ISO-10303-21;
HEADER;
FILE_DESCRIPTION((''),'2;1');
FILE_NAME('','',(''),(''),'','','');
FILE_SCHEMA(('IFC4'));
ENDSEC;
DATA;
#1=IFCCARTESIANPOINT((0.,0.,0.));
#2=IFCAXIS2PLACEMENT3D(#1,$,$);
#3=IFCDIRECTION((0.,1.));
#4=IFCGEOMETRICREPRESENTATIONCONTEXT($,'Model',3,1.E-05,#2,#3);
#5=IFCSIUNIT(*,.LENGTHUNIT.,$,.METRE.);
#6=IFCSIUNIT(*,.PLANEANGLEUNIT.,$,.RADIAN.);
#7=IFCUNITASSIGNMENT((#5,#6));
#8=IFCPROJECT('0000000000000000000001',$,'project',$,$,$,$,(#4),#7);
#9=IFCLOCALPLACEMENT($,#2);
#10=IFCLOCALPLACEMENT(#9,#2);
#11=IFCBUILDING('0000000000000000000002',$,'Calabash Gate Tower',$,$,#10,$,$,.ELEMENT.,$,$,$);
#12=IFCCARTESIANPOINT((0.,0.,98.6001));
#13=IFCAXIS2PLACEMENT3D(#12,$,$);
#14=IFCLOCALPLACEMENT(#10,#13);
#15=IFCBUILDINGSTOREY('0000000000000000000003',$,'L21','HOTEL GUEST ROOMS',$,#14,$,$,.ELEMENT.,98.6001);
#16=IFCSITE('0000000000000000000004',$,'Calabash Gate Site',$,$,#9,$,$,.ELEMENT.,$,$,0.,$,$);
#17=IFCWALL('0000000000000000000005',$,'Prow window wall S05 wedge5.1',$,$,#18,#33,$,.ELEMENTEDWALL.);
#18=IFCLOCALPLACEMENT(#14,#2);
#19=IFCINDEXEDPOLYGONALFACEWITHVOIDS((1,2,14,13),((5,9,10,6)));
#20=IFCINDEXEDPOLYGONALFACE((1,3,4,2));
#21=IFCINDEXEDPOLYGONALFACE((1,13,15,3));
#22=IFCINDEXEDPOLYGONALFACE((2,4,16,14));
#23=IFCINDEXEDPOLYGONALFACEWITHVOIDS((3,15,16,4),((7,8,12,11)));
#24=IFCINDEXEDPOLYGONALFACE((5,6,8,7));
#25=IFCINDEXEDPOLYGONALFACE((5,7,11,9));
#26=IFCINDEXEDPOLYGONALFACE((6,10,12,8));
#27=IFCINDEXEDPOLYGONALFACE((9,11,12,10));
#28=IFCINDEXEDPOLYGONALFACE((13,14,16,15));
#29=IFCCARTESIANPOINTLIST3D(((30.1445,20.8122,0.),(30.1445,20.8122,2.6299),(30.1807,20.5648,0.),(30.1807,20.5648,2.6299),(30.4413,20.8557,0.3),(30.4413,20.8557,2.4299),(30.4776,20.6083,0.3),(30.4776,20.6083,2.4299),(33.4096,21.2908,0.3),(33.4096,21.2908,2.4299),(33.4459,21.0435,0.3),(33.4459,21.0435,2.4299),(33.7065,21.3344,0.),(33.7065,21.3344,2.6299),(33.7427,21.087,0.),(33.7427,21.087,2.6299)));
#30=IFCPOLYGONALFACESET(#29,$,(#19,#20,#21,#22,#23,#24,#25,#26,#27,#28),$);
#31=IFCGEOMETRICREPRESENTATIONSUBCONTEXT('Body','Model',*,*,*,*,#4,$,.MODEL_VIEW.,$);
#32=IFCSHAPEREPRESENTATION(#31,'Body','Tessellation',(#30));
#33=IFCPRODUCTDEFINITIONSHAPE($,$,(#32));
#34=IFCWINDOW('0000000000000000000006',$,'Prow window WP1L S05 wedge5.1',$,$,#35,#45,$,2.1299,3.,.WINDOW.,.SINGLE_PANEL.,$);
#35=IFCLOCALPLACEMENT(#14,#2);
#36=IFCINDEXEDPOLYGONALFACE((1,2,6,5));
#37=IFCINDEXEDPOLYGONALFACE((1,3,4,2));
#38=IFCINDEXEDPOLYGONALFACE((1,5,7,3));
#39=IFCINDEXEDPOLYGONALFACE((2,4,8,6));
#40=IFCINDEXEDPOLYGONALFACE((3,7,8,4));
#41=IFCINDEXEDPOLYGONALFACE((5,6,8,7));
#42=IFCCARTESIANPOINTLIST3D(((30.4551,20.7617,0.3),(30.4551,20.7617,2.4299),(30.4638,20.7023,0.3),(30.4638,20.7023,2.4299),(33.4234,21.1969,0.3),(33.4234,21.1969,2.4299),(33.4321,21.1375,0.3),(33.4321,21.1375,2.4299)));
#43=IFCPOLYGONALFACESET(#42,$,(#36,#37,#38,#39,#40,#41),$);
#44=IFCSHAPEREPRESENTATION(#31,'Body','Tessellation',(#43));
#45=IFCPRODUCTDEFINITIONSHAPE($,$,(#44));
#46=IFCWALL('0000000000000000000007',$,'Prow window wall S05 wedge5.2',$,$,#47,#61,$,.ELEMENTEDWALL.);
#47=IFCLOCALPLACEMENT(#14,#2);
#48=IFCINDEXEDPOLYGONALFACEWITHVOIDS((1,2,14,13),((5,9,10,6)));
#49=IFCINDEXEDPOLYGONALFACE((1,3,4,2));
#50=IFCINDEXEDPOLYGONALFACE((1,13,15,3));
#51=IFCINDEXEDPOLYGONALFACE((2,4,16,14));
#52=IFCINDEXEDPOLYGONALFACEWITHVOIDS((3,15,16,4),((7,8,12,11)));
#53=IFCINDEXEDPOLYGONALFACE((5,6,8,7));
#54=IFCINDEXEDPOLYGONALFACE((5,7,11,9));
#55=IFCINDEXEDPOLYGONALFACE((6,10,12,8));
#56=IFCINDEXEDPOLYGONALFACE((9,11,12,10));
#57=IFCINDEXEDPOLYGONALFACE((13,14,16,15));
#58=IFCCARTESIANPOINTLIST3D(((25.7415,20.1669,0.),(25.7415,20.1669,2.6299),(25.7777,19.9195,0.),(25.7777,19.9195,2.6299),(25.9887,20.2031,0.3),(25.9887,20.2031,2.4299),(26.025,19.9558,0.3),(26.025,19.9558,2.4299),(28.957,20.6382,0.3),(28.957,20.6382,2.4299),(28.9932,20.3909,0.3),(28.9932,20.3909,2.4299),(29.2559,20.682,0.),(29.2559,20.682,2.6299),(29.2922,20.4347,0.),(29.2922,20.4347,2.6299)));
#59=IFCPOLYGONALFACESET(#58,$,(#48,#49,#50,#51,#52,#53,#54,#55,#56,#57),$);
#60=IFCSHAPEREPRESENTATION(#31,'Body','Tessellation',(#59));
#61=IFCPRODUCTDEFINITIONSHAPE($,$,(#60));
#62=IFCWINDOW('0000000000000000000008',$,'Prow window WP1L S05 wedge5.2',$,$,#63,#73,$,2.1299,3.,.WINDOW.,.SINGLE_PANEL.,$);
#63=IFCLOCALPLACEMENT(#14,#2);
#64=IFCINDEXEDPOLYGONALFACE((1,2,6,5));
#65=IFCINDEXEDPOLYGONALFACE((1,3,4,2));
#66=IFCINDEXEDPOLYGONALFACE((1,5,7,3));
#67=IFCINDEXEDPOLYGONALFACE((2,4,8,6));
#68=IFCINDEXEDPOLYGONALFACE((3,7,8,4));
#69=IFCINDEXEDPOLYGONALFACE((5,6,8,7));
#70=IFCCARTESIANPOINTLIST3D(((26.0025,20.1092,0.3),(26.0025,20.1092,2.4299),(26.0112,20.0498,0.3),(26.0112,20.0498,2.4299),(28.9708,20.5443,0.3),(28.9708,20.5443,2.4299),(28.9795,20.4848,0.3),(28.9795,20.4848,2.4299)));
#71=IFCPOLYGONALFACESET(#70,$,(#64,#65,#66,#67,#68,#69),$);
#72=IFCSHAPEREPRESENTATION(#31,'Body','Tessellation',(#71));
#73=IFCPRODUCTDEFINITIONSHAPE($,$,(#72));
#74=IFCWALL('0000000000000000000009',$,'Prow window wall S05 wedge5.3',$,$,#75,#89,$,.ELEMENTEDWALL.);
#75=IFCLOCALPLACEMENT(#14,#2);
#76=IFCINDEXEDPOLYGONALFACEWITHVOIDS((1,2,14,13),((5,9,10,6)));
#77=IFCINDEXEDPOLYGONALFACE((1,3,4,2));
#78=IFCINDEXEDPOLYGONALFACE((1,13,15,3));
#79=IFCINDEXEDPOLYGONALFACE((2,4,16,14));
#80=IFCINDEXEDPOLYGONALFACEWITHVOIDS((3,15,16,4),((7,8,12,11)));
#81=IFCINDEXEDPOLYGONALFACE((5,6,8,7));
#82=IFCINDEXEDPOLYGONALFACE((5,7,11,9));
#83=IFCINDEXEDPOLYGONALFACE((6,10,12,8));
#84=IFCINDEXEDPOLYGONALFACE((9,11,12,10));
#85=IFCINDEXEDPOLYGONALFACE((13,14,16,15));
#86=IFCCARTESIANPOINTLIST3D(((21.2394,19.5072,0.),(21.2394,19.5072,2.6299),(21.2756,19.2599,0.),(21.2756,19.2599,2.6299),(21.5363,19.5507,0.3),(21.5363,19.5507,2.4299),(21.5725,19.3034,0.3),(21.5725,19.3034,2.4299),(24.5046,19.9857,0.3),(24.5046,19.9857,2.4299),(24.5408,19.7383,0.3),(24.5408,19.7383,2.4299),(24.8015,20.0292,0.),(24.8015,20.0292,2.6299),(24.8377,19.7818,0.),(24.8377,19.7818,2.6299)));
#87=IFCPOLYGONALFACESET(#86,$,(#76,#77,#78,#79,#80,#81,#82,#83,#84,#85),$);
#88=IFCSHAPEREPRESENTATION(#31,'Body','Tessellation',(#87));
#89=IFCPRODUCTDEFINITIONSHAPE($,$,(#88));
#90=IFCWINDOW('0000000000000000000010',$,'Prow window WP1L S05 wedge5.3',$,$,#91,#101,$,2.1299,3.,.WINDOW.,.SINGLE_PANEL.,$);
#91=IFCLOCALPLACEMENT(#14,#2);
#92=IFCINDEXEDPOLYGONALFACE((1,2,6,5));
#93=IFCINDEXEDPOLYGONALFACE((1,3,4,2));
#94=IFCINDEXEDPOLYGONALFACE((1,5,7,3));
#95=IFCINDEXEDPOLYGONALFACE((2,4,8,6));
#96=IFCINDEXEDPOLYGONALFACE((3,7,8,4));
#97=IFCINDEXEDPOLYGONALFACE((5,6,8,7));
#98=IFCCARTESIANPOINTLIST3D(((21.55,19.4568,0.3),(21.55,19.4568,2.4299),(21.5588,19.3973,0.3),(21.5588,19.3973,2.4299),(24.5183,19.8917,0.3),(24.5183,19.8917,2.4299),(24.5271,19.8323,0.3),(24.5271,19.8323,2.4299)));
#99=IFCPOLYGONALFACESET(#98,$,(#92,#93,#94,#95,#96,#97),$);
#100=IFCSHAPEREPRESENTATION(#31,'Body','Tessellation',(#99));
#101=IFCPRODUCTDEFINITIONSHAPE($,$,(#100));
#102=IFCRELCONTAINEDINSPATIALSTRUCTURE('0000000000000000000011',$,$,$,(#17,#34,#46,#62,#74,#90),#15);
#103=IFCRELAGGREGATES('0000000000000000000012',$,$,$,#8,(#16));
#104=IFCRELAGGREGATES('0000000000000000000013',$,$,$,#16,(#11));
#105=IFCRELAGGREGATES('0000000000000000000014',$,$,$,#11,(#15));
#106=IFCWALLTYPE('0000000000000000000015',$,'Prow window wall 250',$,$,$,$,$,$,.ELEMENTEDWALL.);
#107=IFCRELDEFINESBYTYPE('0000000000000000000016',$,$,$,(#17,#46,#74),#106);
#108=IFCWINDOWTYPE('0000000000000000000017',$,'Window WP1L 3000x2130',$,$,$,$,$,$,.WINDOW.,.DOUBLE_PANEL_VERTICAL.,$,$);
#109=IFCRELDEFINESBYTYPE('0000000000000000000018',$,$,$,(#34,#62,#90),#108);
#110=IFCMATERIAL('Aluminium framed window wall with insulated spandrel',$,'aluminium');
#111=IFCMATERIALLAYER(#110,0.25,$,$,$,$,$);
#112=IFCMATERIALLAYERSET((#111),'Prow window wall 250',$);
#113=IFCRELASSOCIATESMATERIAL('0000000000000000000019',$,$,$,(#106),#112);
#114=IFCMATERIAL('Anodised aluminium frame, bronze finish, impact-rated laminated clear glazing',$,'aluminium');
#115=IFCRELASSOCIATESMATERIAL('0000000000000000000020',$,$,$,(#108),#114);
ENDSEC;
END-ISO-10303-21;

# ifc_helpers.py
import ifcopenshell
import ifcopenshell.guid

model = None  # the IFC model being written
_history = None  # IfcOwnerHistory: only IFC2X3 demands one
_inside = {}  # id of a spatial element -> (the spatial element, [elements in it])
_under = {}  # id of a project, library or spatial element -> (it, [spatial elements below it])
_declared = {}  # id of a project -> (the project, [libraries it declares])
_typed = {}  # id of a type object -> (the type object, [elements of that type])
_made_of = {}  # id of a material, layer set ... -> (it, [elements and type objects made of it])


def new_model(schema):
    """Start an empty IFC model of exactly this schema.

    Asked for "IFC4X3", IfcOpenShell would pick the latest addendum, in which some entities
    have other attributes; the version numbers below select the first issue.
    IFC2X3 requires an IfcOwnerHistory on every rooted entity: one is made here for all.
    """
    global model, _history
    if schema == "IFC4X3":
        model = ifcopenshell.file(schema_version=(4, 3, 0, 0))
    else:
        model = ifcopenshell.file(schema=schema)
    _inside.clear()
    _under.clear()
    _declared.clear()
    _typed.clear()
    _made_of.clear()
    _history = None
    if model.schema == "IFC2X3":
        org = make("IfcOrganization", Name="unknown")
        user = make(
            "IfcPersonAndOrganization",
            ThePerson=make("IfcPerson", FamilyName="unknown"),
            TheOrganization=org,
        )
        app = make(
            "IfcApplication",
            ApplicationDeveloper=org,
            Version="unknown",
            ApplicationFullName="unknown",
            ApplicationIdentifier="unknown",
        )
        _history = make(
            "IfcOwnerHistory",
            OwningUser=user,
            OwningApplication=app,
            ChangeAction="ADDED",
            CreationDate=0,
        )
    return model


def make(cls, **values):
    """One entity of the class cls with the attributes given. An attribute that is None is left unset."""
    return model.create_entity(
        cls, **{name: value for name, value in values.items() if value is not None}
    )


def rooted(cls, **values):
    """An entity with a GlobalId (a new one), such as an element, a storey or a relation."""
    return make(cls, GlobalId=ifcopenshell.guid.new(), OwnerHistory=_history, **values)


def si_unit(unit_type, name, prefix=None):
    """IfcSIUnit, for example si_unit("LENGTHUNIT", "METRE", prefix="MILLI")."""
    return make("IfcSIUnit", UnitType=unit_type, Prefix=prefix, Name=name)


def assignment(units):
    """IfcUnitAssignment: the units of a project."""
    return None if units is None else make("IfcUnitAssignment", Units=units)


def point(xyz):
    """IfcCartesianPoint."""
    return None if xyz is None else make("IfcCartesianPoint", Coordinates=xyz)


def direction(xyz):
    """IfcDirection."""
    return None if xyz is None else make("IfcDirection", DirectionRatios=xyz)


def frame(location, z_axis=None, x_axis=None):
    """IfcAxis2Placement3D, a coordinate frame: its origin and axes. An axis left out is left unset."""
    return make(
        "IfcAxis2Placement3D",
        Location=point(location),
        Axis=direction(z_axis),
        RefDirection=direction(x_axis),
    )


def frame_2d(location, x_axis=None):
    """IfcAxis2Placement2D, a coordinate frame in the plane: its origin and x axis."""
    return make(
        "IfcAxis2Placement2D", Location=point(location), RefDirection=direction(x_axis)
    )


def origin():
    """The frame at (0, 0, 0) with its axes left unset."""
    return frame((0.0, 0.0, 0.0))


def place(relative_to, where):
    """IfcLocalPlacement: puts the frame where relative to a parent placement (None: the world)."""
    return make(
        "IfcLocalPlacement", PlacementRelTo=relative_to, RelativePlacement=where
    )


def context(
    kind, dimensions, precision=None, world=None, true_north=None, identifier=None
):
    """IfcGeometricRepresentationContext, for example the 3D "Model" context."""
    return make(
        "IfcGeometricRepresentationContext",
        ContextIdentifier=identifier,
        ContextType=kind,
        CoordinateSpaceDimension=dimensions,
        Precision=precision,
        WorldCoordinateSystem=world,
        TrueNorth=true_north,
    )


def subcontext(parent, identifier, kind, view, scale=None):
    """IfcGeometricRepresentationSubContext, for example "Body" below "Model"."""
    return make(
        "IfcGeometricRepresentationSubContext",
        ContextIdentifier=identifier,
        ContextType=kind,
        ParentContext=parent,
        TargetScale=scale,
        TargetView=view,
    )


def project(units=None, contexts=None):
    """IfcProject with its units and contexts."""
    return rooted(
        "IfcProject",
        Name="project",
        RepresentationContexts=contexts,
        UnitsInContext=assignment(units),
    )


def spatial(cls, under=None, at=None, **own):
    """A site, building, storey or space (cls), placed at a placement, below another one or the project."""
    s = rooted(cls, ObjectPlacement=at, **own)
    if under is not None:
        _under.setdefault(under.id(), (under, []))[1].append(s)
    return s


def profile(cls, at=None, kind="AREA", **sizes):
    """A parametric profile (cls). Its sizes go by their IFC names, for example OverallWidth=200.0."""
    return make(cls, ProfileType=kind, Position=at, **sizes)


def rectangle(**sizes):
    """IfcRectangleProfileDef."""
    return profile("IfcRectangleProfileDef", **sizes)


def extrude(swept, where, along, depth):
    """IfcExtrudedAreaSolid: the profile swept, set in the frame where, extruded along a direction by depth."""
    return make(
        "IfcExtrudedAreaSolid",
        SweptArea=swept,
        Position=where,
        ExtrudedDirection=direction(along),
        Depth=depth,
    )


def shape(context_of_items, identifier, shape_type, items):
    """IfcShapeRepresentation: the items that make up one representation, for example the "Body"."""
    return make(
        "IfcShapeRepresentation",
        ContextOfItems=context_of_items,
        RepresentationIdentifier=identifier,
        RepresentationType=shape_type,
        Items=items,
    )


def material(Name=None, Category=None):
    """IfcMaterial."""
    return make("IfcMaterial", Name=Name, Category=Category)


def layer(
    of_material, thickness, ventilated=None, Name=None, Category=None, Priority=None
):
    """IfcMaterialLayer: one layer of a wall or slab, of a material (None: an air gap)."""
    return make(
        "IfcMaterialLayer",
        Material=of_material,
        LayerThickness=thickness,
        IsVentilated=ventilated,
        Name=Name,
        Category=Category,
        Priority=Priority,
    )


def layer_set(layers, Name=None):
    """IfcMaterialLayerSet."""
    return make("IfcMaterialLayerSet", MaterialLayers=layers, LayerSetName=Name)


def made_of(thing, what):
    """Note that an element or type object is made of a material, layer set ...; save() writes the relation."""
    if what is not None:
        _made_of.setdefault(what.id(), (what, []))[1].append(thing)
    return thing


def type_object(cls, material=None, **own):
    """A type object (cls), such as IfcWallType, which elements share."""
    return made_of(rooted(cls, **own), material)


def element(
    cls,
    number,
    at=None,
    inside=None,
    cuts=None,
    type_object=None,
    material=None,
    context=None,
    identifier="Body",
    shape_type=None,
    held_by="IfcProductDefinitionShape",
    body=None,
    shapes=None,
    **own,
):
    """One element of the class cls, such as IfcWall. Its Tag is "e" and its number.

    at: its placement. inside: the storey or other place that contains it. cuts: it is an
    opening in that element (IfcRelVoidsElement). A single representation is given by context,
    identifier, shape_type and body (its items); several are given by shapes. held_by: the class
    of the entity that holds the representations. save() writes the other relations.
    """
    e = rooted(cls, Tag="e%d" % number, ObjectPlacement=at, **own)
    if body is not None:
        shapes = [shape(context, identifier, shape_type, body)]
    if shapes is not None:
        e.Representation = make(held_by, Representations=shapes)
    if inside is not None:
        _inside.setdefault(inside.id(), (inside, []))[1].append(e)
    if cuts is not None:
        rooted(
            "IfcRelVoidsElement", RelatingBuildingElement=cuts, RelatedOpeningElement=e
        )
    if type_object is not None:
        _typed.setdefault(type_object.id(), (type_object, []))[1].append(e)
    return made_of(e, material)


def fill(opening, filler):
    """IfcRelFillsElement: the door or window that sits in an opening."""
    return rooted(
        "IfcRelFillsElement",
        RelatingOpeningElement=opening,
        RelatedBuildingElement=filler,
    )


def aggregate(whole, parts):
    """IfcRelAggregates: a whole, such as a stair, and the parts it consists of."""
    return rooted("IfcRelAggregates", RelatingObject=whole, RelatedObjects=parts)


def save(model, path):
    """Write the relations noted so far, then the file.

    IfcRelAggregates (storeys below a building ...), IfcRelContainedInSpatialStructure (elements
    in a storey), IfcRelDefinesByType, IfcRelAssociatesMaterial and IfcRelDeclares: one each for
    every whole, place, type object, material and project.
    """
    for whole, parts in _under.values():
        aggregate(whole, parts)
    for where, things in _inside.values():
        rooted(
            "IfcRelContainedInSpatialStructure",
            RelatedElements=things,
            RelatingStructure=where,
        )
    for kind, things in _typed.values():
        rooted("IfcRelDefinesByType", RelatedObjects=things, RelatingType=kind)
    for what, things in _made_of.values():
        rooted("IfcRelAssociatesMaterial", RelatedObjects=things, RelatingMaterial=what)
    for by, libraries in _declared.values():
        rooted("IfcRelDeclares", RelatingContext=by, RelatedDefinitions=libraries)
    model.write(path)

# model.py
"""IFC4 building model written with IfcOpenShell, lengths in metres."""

from ifc_helpers import new_model, si_unit, direction, frame, frame_2d, origin, place, context, subcontext, project, spatial, rectangle, extrude, material, layer, layer_set, type_object, element, fill, save


model = new_model("IFC4")

# Units and contexts
model_context = context("Model", 3, precision=1e-05, world=origin(), true_north=direction((0.0, 1.0)))
body_context = subcontext(model_context, "Body", "Model", "MODEL_VIEW")
ifc_project = project(units=[si_unit("LENGTHUNIT", "METRE"), si_unit("PLANEANGLEUNIT", "RADIAN")], contexts=[model_context])

# Site, building, storey
site_placement = place(None, origin())
site = spatial("IfcSite", under=ifc_project, at=site_placement, Name="Calabash Gate Site", CompositionType="ELEMENT", RefElevation=0.0)
building_placement = place(site_placement, origin())
building = spatial("IfcBuilding", under=site, at=building_placement, Name="Calabash Gate Tower", CompositionType="ELEMENT")
storey_placement = place(building_placement, frame((0.0, 0.0, 98.6001)))
storey = spatial("IfcBuildingStorey", under=building, at=storey_placement, Name="L21", Description="HOTEL GUEST ROOMS", CompositionType="ELEMENT", Elevation=98.6001)

# Walls, openings, windows
ifc_material_1 = material(Name="Aluminium framed window wall with insulated spandrel", Category="aluminium")
ifc_layer_1 = layer(ifc_material_1, 0.25)
ifc_layer_set_1 = layer_set([ifc_layer_1], Name="Prow window wall 250")
wall_type_1 = type_object("IfcWallType", Name="Prow window wall 250", PredefinedType="ELEMENTEDWALL", material=ifc_layer_set_1)
ifc_material_2 = material(Name="Anodised aluminium frame, bronze finish, impact-rated laminated clear glazing", Category="aluminium")
window_type = type_object("IfcWindowType", Name="Window WP1L 3000x2130", PartitioningType="DOUBLE_PANEL_VERTICAL", PredefinedType="WINDOW", material=ifc_material_2)
wall_1_placement = place(storey_placement, frame((33.7246, 21.2107, 0.0), z_axis=(0.0, 0.0, 1.0), x_axis=(-0.989423, -0.145057, 0.0)))
wall_1 = element("IfcWall", 1, at=wall_1_placement, inside=storey, type_object=wall_type_1, Name="Prow window wall S05 wedge5.1", PredefinedType="ELEMENTEDWALL", context=body_context, shape_type="SweptSolid", body=[
    extrude(rectangle(XDim=3.6001, YDim=0.25, at=frame_2d((1.8, 0.0))), origin(), (0.0, 0.0, 1.0), 2.6299),
])
opening_1_placement = place(wall_1_placement, frame((0.3, 0.0, 0.3)))
opening_1 = element("IfcOpeningElement", 2, at=opening_1_placement, cuts=wall_1, PredefinedType="OPENING", context=body_context, shape_type="SweptSolid", body=[
    extrude(rectangle(XDim=3.0, YDim=2.1299, at=frame_2d((1.5, 1.0649))), frame((0.0, 0.135, 0.0), z_axis=(0.0, -1.0, 0.0), x_axis=(1.0, 0.0, 0.0)), (0.0, 0.0, 1.0), 0.27),
])
window_1_placement = place(opening_1_placement, origin())
window_1 = element("IfcWindow", 3, at=window_1_placement, inside=storey, type_object=window_type, Name="Prow window WP1L S05 wedge5.1", OverallHeight=2.1299, OverallWidth=3.0, PartitioningType="SINGLE_PANEL", PredefinedType="WINDOW", context=body_context, shape_type="SweptSolid", body=[
    extrude(rectangle(XDim=3.0, YDim=2.1299, at=frame_2d((1.5, 1.0649))), frame((0.0, 0.03, 0.0), z_axis=(0.0, -1.0, 0.0), x_axis=(1.0, 0.0, 0.0)), (0.0, 0.0, 1.0), 0.0601),
])
fill(opening_1, window_1)
wall_2_placement = place(storey_placement, frame((29.2739, 20.5583, 0.0), z_axis=(0.0, 0.0, 1.0), x_axis=(-0.989427, -0.145029, 0.0)))
wall_2 = element("IfcWall", 4, at=wall_2_placement, inside=storey, type_object=wall_type_1, Name="Prow window wall S05 wedge5.2", PredefinedType="ELEMENTEDWALL", context=body_context, shape_type="SweptSolid", body=[
    extrude(rectangle(XDim=3.552, YDim=0.25, at=frame_2d((1.7759, 0.0))), origin(), (0.0, 0.0, 1.0), 2.6299),
])
opening_2_placement = place(wall_2_placement, frame((0.302, 0.0, 0.3)))
opening_2 = element("IfcOpeningElement", 5, at=opening_2_placement, cuts=wall_2, PredefinedType="OPENING", context=body_context, shape_type="SweptSolid", body=[
    extrude(rectangle(XDim=3.0, YDim=2.1299, at=frame_2d((1.5, 1.0649))), frame((0.0, 0.135, 0.0), z_axis=(0.0, -1.0, 0.0), x_axis=(1.0, 0.0, 0.0)), (0.0, 0.0, 1.0), 0.27),
])
window_2_placement = place(opening_2_placement, origin())
window_2 = element("IfcWindow", 6, at=window_2_placement, inside=storey, type_object=window_type, Name="Prow window WP1L S05 wedge5.2", OverallHeight=2.1299, OverallWidth=3.0, PartitioningType="SINGLE_PANEL", PredefinedType="WINDOW", context=body_context, shape_type="SweptSolid", body=[
    extrude(rectangle(XDim=3.0, YDim=2.1299, at=frame_2d((1.5, 1.0649))), frame((0.0, 0.03, 0.0), z_axis=(0.0, -1.0, 0.0), x_axis=(1.0, 0.0, 0.0)), (0.0, 0.0, 1.0), 0.0601),
])
fill(opening_2, window_2)
wall_3_placement = place(storey_placement, frame((24.8196, 19.9055, 0.0), z_axis=(0.0, 0.0, 1.0), x_axis=(-0.989433, -0.14499, 0.0)))
wall_3 = element("IfcWall", 7, at=wall_3_placement, inside=storey, type_object=wall_type_1, Name="Prow window wall S05 wedge5.3", PredefinedType="ELEMENTEDWALL", context=body_context, shape_type="SweptSolid", body=[
    extrude(rectangle(XDim=3.6001, YDim=0.25, at=frame_2d((1.8, 0.0))), origin(), (0.0, 0.0, 1.0), 2.6299),
])
opening_3_placement = place(wall_3_placement, frame((0.3, 0.0, 0.3)))
opening_3 = element("IfcOpeningElement", 8, at=opening_3_placement, cuts=wall_3, PredefinedType="OPENING", context=body_context, shape_type="SweptSolid", body=[
    extrude(rectangle(XDim=3.0, YDim=2.1299, at=frame_2d((1.5, 1.0649))), frame((0.0, 0.135, 0.0), z_axis=(0.0, -1.0, 0.0), x_axis=(1.0, 0.0, 0.0)), (0.0, 0.0, 1.0), 0.27),
])
window_3_placement = place(opening_3_placement, origin())
window_3 = element("IfcWindow", 9, at=window_3_placement, inside=storey, type_object=window_type, Name="Prow window WP1L S05 wedge5.3", OverallHeight=2.1299, OverallWidth=3.0, PartitioningType="SINGLE_PANEL", PredefinedType="WINDOW", context=body_context, shape_type="SweptSolid", body=[
    extrude(rectangle(XDim=3.0, YDim=2.1299, at=frame_2d((1.5, 1.0649))), frame((0.0, 0.03, 0.0), z_axis=(0.0, -1.0, 0.0), x_axis=(1.0, 0.0, 0.0)), (0.0, 0.0, 1.0), 0.0601),
])
fill(opening_3, window_3)

save(model, "model.ifc")
